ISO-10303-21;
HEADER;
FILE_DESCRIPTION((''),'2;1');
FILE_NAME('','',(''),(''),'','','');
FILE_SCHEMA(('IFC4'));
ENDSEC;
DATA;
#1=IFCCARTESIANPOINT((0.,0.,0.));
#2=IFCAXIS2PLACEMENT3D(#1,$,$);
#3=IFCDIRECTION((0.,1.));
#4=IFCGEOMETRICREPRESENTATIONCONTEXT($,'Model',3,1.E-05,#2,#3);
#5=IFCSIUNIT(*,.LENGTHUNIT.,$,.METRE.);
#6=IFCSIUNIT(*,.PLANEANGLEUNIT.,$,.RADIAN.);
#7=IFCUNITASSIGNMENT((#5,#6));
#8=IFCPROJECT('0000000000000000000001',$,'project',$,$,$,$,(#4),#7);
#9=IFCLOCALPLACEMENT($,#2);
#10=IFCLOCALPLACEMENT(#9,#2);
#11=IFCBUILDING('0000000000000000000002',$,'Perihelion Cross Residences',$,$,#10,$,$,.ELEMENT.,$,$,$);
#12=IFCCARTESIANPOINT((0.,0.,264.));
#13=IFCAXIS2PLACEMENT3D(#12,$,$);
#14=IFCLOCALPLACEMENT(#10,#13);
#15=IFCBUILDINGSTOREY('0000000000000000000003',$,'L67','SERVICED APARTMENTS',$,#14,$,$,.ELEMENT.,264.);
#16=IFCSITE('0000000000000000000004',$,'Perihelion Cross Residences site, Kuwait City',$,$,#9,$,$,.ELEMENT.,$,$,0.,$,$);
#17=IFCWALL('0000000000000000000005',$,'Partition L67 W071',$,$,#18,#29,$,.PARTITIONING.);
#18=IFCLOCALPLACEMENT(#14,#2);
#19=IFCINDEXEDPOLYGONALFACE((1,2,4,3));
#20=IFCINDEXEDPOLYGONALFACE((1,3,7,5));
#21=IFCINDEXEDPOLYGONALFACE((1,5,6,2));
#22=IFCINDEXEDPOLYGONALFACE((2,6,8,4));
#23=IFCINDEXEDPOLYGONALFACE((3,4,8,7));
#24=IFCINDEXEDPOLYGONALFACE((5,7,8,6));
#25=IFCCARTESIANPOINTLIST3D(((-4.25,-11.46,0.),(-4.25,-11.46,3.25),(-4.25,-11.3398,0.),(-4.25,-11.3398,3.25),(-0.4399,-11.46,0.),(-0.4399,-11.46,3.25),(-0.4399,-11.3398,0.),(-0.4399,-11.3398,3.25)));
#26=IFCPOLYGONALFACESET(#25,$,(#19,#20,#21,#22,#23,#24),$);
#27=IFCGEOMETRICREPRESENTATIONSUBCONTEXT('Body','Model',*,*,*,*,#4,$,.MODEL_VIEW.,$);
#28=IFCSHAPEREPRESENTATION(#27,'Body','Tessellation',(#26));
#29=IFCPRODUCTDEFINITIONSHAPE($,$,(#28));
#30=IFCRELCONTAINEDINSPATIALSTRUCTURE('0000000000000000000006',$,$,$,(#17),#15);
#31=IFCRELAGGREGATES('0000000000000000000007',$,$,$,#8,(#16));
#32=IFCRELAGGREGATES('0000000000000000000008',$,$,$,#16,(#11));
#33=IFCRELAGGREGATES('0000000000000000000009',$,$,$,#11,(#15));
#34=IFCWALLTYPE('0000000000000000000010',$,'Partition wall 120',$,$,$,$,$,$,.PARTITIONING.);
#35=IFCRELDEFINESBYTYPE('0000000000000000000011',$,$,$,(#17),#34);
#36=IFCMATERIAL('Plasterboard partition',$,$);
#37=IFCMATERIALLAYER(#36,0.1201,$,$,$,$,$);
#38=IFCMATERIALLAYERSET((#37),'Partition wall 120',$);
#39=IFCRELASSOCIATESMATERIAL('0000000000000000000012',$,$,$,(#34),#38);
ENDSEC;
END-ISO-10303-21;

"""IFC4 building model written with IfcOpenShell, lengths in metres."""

from ifc_helpers import new_model, si_unit, direction, frame, frame_2d, origin, place, context, subcontext, project, spatial, rectangle, extrude, material, layer, layer_set, type_object, element, save


model = new_model("IFC4")

# Units and contexts
model_context = context("Model", 3, precision=1e-05, world=origin(), true_north=direction((0.0, 1.0)))
body_context = subcontext(model_context, "Body", "Model", "MODEL_VIEW")
ifc_project = project(units=[si_unit("LENGTHUNIT", "METRE"), si_unit("PLANEANGLEUNIT", "RADIAN")], contexts=[model_context])

# Site, building, storey
site_placement = place(None, origin())
site = spatial("IfcSite", under=ifc_project, at=site_placement, Name="Perihelion Cross Residences site, Kuwait City", CompositionType="ELEMENT", RefElevation=0.0)
building_placement = place(site_placement, origin())
building = spatial("IfcBuilding", under=site, at=building_placement, Name="Perihelion Cross Residences", CompositionType="ELEMENT")
storey_placement = place(building_placement, frame((0.0, 0.0, 264.0)))
storey = spatial("IfcBuildingStorey", under=building, at=storey_placement, Name="L67", Description="SERVICED APARTMENTS", CompositionType="ELEMENT", Elevation=264.0)

# Shared definitions
ifc_material_1 = material(Name="Plasterboard partition")
ifc_layer_1 = layer(ifc_material_1, 0.1201)
ifc_layer_set_1 = layer_set([ifc_layer_1], Name="Partition wall 120")
wall_type_1 = type_object("IfcWallType", Name="Partition wall 120", PredefinedType="PARTITIONING", material=ifc_layer_set_1)

# Wall
wall_1_placement = place(storey_placement, frame((-0.4399, -11.3999, 0.0), z_axis=(0.0, 0.0, 1.0), x_axis=(-1.0, 0.0, 0.0)))
element("IfcWall", 1, at=wall_1_placement, inside=storey, type_object=wall_type_1, Name="Partition L67 W071", PredefinedType="PARTITIONING", context=body_context, shape_type="SweptSolid", body=[
    extrude(rectangle(XDim=3.8101, YDim=0.1201, at=frame_2d((1.905, 0.0))), origin(), (0.0, 0.0, 1.0), 3.25),
])

save(model, "model.ifc")
